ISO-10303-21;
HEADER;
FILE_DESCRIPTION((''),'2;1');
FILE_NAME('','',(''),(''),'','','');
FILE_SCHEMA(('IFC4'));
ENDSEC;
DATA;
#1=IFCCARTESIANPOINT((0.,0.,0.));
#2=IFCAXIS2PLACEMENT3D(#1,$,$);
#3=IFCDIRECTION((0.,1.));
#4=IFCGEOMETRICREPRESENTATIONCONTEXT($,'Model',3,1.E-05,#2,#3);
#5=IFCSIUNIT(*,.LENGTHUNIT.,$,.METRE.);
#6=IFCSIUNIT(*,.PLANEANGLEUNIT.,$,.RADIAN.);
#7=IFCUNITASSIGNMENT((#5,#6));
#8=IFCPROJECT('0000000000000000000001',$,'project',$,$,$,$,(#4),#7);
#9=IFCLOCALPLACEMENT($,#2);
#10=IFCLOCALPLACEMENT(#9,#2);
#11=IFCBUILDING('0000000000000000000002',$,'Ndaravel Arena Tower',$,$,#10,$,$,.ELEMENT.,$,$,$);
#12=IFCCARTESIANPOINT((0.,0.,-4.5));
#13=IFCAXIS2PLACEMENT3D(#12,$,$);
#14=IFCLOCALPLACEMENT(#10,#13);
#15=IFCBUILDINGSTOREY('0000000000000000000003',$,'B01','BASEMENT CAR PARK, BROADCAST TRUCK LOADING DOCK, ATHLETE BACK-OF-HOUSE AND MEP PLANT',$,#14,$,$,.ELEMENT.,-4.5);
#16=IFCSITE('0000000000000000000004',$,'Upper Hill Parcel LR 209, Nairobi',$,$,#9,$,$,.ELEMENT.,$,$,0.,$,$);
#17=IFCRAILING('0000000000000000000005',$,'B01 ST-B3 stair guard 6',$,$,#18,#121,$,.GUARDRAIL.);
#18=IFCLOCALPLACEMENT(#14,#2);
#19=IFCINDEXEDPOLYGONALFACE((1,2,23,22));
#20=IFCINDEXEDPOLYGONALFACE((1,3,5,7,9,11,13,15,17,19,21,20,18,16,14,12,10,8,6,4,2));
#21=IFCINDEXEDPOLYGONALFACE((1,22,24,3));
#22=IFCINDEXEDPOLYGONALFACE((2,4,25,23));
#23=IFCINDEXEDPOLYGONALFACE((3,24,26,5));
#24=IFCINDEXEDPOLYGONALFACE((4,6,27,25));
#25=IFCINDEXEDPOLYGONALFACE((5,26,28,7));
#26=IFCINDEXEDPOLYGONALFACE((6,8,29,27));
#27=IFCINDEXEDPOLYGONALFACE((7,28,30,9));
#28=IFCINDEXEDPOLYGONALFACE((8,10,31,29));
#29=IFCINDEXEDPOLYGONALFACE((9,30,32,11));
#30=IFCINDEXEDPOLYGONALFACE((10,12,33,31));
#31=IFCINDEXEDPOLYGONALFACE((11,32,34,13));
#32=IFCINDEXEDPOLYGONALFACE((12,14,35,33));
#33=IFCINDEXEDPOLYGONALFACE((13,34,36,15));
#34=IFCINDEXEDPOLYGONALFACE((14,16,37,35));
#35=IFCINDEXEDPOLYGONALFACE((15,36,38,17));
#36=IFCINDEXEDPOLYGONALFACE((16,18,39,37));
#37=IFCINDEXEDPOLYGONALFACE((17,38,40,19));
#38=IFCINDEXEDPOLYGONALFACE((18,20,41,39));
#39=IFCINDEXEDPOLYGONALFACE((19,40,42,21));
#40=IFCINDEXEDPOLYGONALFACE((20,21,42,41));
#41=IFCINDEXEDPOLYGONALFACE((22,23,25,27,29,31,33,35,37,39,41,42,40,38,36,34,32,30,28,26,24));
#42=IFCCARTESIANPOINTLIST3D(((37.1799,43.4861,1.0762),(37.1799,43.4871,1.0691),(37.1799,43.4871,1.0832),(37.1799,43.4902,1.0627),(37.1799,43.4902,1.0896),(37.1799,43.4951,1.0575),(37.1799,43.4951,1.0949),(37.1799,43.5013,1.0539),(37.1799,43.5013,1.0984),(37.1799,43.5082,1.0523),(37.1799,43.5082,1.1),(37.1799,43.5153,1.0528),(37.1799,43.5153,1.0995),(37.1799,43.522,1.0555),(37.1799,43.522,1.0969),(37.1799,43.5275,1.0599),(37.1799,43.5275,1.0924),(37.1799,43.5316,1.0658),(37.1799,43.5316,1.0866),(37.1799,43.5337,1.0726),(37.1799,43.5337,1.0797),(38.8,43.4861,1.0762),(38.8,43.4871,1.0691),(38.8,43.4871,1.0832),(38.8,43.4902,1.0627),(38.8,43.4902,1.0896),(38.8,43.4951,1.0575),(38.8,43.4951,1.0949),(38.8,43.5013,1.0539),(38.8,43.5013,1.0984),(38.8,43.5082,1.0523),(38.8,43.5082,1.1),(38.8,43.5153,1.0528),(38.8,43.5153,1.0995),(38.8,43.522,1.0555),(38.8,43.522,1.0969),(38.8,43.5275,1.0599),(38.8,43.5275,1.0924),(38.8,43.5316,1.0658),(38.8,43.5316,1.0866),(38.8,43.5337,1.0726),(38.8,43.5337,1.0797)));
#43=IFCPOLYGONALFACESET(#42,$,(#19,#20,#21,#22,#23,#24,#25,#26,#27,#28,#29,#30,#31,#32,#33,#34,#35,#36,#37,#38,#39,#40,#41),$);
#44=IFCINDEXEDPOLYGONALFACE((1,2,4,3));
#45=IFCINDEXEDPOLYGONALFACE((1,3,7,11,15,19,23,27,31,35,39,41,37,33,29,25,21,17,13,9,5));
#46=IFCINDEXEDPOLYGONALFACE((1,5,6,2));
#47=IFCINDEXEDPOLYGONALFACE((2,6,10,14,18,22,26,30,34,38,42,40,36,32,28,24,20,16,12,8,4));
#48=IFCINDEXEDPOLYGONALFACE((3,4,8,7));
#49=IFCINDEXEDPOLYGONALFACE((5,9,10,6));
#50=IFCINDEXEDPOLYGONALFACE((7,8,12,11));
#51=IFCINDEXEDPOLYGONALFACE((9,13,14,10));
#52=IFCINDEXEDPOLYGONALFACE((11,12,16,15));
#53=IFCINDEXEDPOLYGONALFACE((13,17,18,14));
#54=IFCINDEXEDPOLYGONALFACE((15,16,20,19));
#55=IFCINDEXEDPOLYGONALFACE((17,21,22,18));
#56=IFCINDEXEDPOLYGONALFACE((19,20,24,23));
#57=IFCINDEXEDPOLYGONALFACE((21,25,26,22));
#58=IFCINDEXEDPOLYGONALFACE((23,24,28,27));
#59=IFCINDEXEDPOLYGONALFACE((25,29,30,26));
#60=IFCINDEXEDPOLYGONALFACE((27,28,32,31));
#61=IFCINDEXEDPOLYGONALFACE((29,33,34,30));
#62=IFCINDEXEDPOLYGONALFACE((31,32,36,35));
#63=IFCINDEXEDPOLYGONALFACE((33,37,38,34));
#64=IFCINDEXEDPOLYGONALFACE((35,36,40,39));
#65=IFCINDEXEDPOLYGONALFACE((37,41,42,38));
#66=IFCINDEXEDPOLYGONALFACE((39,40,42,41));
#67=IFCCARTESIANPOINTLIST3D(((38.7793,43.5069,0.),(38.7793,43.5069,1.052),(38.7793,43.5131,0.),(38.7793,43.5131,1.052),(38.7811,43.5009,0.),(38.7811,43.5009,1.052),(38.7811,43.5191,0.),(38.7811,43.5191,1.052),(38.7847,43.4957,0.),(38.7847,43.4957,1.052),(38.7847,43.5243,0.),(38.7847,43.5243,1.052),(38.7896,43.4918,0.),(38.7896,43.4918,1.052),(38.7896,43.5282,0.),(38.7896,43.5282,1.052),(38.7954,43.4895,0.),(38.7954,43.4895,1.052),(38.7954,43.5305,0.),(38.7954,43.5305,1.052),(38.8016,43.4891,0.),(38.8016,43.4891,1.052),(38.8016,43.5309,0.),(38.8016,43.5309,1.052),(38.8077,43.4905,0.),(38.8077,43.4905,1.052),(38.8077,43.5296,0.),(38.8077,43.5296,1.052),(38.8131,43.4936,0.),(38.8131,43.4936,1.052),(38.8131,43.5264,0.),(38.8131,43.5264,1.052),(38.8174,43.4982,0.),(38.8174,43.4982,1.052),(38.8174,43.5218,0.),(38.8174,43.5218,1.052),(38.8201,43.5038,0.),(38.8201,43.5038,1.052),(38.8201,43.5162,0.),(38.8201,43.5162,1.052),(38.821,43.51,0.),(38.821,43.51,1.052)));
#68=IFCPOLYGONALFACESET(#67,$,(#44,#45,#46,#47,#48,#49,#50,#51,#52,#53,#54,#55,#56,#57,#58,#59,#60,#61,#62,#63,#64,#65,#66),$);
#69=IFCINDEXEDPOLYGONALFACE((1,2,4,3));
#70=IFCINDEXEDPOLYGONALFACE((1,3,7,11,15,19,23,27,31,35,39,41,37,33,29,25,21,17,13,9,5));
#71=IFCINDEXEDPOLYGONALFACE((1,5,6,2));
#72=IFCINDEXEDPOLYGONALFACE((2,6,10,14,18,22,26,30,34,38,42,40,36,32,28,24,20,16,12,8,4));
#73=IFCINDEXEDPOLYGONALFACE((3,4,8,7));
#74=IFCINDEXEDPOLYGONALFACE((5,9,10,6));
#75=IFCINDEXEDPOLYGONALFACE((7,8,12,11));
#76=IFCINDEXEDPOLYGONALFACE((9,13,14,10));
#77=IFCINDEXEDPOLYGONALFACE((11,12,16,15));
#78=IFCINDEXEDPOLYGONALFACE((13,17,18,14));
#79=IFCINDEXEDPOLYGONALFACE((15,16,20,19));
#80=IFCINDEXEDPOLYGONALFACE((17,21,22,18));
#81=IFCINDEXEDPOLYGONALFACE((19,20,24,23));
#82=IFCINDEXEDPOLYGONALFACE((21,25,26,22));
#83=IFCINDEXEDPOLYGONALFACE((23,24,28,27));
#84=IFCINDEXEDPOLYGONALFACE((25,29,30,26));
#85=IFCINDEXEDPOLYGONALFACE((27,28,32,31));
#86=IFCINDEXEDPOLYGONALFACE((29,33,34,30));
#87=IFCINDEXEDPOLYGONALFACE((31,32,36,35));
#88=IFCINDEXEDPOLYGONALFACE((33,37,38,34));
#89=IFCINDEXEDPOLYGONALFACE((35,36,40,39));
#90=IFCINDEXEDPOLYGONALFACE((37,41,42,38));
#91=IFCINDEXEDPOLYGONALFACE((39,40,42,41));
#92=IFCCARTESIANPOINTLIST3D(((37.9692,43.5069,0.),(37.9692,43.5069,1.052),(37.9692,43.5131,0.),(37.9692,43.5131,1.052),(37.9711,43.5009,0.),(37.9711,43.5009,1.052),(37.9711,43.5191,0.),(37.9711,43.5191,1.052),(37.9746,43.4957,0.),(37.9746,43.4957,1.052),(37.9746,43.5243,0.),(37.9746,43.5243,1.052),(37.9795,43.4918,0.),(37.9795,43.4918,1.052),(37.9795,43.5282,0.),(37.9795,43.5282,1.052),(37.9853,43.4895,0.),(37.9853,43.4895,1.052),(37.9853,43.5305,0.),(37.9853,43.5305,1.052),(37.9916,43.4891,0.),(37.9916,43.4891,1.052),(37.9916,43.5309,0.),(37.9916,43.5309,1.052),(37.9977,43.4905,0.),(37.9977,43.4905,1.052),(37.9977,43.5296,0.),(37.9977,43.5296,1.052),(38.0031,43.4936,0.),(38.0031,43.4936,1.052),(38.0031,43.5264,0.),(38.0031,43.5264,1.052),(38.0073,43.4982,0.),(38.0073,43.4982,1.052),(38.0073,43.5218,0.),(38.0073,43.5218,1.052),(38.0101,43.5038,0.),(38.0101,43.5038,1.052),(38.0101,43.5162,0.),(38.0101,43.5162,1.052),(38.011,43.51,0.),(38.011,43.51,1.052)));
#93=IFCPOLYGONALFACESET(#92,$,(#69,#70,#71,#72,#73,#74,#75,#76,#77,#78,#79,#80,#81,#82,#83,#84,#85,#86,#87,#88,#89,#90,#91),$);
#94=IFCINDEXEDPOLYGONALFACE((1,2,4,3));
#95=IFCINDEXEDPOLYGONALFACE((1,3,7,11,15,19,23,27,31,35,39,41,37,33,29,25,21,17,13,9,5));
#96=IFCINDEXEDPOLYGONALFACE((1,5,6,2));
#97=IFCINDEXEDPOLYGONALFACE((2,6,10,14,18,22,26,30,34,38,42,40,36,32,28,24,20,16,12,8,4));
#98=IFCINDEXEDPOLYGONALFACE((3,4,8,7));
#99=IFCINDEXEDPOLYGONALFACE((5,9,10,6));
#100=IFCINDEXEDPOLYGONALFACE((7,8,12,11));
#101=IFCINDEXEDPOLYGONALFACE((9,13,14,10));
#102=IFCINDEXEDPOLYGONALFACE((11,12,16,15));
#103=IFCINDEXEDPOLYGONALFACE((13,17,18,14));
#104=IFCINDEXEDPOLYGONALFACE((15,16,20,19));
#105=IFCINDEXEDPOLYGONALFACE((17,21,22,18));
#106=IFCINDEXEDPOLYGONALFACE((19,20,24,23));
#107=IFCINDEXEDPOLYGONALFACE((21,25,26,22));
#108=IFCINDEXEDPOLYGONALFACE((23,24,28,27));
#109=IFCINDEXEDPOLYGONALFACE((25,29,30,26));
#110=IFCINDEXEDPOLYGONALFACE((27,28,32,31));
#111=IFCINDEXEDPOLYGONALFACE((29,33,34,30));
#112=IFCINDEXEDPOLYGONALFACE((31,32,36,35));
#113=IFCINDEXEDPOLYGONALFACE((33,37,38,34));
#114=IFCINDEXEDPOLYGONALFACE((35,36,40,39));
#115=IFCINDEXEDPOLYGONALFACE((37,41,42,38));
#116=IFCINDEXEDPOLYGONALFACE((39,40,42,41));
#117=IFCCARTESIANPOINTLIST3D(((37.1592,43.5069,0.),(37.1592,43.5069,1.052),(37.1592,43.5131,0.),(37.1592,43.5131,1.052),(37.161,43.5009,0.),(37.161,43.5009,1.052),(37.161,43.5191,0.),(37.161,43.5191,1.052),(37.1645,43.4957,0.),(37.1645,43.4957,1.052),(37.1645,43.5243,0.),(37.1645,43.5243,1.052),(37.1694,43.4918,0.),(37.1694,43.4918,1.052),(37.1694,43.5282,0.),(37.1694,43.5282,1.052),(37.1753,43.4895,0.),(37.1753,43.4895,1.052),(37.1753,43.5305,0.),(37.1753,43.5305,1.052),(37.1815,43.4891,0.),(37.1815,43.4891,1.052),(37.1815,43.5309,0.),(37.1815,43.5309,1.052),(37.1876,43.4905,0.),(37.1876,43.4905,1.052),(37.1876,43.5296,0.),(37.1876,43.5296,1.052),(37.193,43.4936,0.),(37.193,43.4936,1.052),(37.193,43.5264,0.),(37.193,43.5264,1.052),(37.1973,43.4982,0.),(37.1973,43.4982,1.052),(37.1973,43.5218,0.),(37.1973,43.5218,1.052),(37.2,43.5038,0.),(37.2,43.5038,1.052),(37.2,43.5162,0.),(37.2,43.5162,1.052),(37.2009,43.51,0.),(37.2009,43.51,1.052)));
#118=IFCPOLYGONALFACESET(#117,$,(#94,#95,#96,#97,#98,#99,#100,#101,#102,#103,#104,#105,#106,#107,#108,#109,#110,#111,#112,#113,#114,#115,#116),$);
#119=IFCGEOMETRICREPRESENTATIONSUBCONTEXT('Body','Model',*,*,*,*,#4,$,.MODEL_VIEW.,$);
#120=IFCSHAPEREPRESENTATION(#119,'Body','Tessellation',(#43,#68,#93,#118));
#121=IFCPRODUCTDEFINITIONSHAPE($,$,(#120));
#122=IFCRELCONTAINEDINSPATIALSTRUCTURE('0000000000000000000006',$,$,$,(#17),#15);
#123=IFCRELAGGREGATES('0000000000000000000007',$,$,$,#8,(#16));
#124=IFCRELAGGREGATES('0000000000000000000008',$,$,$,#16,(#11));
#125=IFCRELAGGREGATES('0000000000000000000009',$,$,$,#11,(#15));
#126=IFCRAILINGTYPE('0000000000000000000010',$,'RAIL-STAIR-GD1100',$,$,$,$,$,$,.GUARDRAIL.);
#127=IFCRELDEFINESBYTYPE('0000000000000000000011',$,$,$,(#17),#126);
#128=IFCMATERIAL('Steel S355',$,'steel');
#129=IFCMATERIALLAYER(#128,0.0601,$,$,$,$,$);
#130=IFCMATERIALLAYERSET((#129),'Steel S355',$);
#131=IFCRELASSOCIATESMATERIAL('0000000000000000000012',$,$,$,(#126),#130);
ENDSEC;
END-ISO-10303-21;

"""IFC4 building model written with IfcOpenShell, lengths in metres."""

from ifc_helpers import new_model, si_unit, direction, frame, origin, origin_2d, place, context, subcontext, project, spatial, circle, extrude, material, layer, layer_set, type_object, element, save


model = new_model("IFC4")

# Units and contexts
model_context = context("Model", 3, precision=1e-05, world=origin(), true_north=direction((0.0, 1.0)))
body_context = subcontext(model_context, "Body", "Model", "MODEL_VIEW")
ifc_project = project(units=[si_unit("LENGTHUNIT", "METRE"), si_unit("PLANEANGLEUNIT", "RADIAN")], contexts=[model_context])

# Site, building, storey
site_placement = place(None, origin())
site = spatial("IfcSite", under=ifc_project, at=site_placement, Name="Upper Hill Parcel LR 209, Nairobi", CompositionType="ELEMENT", RefElevation=0.0)
building_placement = place(site_placement, origin())
building = spatial("IfcBuilding", under=site, at=building_placement, Name="Ndaravel Arena Tower", CompositionType="ELEMENT")
storey_placement = place(building_placement, frame((0.0, 0.0, -4.5)))
storey = spatial("IfcBuildingStorey", under=building, at=storey_placement, Name="B01", Description="BASEMENT CAR PARK, BROADCAST TRUCK LOADING DOCK, ATHLETE BACK-OF-HOUSE AND MEP PLANT", CompositionType="ELEMENT", Elevation=-4.5)

# Railing
ifc_material_1 = material(Name="Steel S355", Category="steel")
ifc_layer_1 = layer(ifc_material_1, 0.0601)
ifc_layer_set_1 = layer_set([ifc_layer_1], Name="Steel S355")
railing_type_1 = type_object("IfcRailingType", Name="RAIL-STAIR-GD1100", PredefinedType="GUARDRAIL", material=ifc_layer_set_1)
for number, where, name in (
    (1, (38.8, 43.51, 0.0), "B01 ST-B3 stair guard 6"),
):
    element("IfcRailing", number, at=place(storey_placement, frame(where)), inside=storey, type_object=railing_type_1, Name=name, PredefinedType="GUARDRAIL", context=body_context, shape_type="SweptSolid", body=[
        extrude(circle(Radius=0.0239, at=origin_2d()), frame((0.0, 0.0, 1.0762), z_axis=(-1.0, 0.0, 0.0), x_axis=(0.0, -1.0, 0.0)), (0.0, 0.0, 1.0), 1.6201),
        extrude(circle(Radius=0.021, at=origin_2d()), origin(), (0.0, 0.0, 1.0), 1.052),
        extrude(circle(Radius=0.021, at=origin_2d()), frame((-0.8101, 0.0, 0.0)), (0.0, 0.0, 1.0), 1.052),
        extrude(circle(Radius=0.021, at=origin_2d()), frame((-1.6201, 0.0, 0.0)), (0.0, 0.0, 1.0), 1.052),
    ])

save(model, "model.ifc")
